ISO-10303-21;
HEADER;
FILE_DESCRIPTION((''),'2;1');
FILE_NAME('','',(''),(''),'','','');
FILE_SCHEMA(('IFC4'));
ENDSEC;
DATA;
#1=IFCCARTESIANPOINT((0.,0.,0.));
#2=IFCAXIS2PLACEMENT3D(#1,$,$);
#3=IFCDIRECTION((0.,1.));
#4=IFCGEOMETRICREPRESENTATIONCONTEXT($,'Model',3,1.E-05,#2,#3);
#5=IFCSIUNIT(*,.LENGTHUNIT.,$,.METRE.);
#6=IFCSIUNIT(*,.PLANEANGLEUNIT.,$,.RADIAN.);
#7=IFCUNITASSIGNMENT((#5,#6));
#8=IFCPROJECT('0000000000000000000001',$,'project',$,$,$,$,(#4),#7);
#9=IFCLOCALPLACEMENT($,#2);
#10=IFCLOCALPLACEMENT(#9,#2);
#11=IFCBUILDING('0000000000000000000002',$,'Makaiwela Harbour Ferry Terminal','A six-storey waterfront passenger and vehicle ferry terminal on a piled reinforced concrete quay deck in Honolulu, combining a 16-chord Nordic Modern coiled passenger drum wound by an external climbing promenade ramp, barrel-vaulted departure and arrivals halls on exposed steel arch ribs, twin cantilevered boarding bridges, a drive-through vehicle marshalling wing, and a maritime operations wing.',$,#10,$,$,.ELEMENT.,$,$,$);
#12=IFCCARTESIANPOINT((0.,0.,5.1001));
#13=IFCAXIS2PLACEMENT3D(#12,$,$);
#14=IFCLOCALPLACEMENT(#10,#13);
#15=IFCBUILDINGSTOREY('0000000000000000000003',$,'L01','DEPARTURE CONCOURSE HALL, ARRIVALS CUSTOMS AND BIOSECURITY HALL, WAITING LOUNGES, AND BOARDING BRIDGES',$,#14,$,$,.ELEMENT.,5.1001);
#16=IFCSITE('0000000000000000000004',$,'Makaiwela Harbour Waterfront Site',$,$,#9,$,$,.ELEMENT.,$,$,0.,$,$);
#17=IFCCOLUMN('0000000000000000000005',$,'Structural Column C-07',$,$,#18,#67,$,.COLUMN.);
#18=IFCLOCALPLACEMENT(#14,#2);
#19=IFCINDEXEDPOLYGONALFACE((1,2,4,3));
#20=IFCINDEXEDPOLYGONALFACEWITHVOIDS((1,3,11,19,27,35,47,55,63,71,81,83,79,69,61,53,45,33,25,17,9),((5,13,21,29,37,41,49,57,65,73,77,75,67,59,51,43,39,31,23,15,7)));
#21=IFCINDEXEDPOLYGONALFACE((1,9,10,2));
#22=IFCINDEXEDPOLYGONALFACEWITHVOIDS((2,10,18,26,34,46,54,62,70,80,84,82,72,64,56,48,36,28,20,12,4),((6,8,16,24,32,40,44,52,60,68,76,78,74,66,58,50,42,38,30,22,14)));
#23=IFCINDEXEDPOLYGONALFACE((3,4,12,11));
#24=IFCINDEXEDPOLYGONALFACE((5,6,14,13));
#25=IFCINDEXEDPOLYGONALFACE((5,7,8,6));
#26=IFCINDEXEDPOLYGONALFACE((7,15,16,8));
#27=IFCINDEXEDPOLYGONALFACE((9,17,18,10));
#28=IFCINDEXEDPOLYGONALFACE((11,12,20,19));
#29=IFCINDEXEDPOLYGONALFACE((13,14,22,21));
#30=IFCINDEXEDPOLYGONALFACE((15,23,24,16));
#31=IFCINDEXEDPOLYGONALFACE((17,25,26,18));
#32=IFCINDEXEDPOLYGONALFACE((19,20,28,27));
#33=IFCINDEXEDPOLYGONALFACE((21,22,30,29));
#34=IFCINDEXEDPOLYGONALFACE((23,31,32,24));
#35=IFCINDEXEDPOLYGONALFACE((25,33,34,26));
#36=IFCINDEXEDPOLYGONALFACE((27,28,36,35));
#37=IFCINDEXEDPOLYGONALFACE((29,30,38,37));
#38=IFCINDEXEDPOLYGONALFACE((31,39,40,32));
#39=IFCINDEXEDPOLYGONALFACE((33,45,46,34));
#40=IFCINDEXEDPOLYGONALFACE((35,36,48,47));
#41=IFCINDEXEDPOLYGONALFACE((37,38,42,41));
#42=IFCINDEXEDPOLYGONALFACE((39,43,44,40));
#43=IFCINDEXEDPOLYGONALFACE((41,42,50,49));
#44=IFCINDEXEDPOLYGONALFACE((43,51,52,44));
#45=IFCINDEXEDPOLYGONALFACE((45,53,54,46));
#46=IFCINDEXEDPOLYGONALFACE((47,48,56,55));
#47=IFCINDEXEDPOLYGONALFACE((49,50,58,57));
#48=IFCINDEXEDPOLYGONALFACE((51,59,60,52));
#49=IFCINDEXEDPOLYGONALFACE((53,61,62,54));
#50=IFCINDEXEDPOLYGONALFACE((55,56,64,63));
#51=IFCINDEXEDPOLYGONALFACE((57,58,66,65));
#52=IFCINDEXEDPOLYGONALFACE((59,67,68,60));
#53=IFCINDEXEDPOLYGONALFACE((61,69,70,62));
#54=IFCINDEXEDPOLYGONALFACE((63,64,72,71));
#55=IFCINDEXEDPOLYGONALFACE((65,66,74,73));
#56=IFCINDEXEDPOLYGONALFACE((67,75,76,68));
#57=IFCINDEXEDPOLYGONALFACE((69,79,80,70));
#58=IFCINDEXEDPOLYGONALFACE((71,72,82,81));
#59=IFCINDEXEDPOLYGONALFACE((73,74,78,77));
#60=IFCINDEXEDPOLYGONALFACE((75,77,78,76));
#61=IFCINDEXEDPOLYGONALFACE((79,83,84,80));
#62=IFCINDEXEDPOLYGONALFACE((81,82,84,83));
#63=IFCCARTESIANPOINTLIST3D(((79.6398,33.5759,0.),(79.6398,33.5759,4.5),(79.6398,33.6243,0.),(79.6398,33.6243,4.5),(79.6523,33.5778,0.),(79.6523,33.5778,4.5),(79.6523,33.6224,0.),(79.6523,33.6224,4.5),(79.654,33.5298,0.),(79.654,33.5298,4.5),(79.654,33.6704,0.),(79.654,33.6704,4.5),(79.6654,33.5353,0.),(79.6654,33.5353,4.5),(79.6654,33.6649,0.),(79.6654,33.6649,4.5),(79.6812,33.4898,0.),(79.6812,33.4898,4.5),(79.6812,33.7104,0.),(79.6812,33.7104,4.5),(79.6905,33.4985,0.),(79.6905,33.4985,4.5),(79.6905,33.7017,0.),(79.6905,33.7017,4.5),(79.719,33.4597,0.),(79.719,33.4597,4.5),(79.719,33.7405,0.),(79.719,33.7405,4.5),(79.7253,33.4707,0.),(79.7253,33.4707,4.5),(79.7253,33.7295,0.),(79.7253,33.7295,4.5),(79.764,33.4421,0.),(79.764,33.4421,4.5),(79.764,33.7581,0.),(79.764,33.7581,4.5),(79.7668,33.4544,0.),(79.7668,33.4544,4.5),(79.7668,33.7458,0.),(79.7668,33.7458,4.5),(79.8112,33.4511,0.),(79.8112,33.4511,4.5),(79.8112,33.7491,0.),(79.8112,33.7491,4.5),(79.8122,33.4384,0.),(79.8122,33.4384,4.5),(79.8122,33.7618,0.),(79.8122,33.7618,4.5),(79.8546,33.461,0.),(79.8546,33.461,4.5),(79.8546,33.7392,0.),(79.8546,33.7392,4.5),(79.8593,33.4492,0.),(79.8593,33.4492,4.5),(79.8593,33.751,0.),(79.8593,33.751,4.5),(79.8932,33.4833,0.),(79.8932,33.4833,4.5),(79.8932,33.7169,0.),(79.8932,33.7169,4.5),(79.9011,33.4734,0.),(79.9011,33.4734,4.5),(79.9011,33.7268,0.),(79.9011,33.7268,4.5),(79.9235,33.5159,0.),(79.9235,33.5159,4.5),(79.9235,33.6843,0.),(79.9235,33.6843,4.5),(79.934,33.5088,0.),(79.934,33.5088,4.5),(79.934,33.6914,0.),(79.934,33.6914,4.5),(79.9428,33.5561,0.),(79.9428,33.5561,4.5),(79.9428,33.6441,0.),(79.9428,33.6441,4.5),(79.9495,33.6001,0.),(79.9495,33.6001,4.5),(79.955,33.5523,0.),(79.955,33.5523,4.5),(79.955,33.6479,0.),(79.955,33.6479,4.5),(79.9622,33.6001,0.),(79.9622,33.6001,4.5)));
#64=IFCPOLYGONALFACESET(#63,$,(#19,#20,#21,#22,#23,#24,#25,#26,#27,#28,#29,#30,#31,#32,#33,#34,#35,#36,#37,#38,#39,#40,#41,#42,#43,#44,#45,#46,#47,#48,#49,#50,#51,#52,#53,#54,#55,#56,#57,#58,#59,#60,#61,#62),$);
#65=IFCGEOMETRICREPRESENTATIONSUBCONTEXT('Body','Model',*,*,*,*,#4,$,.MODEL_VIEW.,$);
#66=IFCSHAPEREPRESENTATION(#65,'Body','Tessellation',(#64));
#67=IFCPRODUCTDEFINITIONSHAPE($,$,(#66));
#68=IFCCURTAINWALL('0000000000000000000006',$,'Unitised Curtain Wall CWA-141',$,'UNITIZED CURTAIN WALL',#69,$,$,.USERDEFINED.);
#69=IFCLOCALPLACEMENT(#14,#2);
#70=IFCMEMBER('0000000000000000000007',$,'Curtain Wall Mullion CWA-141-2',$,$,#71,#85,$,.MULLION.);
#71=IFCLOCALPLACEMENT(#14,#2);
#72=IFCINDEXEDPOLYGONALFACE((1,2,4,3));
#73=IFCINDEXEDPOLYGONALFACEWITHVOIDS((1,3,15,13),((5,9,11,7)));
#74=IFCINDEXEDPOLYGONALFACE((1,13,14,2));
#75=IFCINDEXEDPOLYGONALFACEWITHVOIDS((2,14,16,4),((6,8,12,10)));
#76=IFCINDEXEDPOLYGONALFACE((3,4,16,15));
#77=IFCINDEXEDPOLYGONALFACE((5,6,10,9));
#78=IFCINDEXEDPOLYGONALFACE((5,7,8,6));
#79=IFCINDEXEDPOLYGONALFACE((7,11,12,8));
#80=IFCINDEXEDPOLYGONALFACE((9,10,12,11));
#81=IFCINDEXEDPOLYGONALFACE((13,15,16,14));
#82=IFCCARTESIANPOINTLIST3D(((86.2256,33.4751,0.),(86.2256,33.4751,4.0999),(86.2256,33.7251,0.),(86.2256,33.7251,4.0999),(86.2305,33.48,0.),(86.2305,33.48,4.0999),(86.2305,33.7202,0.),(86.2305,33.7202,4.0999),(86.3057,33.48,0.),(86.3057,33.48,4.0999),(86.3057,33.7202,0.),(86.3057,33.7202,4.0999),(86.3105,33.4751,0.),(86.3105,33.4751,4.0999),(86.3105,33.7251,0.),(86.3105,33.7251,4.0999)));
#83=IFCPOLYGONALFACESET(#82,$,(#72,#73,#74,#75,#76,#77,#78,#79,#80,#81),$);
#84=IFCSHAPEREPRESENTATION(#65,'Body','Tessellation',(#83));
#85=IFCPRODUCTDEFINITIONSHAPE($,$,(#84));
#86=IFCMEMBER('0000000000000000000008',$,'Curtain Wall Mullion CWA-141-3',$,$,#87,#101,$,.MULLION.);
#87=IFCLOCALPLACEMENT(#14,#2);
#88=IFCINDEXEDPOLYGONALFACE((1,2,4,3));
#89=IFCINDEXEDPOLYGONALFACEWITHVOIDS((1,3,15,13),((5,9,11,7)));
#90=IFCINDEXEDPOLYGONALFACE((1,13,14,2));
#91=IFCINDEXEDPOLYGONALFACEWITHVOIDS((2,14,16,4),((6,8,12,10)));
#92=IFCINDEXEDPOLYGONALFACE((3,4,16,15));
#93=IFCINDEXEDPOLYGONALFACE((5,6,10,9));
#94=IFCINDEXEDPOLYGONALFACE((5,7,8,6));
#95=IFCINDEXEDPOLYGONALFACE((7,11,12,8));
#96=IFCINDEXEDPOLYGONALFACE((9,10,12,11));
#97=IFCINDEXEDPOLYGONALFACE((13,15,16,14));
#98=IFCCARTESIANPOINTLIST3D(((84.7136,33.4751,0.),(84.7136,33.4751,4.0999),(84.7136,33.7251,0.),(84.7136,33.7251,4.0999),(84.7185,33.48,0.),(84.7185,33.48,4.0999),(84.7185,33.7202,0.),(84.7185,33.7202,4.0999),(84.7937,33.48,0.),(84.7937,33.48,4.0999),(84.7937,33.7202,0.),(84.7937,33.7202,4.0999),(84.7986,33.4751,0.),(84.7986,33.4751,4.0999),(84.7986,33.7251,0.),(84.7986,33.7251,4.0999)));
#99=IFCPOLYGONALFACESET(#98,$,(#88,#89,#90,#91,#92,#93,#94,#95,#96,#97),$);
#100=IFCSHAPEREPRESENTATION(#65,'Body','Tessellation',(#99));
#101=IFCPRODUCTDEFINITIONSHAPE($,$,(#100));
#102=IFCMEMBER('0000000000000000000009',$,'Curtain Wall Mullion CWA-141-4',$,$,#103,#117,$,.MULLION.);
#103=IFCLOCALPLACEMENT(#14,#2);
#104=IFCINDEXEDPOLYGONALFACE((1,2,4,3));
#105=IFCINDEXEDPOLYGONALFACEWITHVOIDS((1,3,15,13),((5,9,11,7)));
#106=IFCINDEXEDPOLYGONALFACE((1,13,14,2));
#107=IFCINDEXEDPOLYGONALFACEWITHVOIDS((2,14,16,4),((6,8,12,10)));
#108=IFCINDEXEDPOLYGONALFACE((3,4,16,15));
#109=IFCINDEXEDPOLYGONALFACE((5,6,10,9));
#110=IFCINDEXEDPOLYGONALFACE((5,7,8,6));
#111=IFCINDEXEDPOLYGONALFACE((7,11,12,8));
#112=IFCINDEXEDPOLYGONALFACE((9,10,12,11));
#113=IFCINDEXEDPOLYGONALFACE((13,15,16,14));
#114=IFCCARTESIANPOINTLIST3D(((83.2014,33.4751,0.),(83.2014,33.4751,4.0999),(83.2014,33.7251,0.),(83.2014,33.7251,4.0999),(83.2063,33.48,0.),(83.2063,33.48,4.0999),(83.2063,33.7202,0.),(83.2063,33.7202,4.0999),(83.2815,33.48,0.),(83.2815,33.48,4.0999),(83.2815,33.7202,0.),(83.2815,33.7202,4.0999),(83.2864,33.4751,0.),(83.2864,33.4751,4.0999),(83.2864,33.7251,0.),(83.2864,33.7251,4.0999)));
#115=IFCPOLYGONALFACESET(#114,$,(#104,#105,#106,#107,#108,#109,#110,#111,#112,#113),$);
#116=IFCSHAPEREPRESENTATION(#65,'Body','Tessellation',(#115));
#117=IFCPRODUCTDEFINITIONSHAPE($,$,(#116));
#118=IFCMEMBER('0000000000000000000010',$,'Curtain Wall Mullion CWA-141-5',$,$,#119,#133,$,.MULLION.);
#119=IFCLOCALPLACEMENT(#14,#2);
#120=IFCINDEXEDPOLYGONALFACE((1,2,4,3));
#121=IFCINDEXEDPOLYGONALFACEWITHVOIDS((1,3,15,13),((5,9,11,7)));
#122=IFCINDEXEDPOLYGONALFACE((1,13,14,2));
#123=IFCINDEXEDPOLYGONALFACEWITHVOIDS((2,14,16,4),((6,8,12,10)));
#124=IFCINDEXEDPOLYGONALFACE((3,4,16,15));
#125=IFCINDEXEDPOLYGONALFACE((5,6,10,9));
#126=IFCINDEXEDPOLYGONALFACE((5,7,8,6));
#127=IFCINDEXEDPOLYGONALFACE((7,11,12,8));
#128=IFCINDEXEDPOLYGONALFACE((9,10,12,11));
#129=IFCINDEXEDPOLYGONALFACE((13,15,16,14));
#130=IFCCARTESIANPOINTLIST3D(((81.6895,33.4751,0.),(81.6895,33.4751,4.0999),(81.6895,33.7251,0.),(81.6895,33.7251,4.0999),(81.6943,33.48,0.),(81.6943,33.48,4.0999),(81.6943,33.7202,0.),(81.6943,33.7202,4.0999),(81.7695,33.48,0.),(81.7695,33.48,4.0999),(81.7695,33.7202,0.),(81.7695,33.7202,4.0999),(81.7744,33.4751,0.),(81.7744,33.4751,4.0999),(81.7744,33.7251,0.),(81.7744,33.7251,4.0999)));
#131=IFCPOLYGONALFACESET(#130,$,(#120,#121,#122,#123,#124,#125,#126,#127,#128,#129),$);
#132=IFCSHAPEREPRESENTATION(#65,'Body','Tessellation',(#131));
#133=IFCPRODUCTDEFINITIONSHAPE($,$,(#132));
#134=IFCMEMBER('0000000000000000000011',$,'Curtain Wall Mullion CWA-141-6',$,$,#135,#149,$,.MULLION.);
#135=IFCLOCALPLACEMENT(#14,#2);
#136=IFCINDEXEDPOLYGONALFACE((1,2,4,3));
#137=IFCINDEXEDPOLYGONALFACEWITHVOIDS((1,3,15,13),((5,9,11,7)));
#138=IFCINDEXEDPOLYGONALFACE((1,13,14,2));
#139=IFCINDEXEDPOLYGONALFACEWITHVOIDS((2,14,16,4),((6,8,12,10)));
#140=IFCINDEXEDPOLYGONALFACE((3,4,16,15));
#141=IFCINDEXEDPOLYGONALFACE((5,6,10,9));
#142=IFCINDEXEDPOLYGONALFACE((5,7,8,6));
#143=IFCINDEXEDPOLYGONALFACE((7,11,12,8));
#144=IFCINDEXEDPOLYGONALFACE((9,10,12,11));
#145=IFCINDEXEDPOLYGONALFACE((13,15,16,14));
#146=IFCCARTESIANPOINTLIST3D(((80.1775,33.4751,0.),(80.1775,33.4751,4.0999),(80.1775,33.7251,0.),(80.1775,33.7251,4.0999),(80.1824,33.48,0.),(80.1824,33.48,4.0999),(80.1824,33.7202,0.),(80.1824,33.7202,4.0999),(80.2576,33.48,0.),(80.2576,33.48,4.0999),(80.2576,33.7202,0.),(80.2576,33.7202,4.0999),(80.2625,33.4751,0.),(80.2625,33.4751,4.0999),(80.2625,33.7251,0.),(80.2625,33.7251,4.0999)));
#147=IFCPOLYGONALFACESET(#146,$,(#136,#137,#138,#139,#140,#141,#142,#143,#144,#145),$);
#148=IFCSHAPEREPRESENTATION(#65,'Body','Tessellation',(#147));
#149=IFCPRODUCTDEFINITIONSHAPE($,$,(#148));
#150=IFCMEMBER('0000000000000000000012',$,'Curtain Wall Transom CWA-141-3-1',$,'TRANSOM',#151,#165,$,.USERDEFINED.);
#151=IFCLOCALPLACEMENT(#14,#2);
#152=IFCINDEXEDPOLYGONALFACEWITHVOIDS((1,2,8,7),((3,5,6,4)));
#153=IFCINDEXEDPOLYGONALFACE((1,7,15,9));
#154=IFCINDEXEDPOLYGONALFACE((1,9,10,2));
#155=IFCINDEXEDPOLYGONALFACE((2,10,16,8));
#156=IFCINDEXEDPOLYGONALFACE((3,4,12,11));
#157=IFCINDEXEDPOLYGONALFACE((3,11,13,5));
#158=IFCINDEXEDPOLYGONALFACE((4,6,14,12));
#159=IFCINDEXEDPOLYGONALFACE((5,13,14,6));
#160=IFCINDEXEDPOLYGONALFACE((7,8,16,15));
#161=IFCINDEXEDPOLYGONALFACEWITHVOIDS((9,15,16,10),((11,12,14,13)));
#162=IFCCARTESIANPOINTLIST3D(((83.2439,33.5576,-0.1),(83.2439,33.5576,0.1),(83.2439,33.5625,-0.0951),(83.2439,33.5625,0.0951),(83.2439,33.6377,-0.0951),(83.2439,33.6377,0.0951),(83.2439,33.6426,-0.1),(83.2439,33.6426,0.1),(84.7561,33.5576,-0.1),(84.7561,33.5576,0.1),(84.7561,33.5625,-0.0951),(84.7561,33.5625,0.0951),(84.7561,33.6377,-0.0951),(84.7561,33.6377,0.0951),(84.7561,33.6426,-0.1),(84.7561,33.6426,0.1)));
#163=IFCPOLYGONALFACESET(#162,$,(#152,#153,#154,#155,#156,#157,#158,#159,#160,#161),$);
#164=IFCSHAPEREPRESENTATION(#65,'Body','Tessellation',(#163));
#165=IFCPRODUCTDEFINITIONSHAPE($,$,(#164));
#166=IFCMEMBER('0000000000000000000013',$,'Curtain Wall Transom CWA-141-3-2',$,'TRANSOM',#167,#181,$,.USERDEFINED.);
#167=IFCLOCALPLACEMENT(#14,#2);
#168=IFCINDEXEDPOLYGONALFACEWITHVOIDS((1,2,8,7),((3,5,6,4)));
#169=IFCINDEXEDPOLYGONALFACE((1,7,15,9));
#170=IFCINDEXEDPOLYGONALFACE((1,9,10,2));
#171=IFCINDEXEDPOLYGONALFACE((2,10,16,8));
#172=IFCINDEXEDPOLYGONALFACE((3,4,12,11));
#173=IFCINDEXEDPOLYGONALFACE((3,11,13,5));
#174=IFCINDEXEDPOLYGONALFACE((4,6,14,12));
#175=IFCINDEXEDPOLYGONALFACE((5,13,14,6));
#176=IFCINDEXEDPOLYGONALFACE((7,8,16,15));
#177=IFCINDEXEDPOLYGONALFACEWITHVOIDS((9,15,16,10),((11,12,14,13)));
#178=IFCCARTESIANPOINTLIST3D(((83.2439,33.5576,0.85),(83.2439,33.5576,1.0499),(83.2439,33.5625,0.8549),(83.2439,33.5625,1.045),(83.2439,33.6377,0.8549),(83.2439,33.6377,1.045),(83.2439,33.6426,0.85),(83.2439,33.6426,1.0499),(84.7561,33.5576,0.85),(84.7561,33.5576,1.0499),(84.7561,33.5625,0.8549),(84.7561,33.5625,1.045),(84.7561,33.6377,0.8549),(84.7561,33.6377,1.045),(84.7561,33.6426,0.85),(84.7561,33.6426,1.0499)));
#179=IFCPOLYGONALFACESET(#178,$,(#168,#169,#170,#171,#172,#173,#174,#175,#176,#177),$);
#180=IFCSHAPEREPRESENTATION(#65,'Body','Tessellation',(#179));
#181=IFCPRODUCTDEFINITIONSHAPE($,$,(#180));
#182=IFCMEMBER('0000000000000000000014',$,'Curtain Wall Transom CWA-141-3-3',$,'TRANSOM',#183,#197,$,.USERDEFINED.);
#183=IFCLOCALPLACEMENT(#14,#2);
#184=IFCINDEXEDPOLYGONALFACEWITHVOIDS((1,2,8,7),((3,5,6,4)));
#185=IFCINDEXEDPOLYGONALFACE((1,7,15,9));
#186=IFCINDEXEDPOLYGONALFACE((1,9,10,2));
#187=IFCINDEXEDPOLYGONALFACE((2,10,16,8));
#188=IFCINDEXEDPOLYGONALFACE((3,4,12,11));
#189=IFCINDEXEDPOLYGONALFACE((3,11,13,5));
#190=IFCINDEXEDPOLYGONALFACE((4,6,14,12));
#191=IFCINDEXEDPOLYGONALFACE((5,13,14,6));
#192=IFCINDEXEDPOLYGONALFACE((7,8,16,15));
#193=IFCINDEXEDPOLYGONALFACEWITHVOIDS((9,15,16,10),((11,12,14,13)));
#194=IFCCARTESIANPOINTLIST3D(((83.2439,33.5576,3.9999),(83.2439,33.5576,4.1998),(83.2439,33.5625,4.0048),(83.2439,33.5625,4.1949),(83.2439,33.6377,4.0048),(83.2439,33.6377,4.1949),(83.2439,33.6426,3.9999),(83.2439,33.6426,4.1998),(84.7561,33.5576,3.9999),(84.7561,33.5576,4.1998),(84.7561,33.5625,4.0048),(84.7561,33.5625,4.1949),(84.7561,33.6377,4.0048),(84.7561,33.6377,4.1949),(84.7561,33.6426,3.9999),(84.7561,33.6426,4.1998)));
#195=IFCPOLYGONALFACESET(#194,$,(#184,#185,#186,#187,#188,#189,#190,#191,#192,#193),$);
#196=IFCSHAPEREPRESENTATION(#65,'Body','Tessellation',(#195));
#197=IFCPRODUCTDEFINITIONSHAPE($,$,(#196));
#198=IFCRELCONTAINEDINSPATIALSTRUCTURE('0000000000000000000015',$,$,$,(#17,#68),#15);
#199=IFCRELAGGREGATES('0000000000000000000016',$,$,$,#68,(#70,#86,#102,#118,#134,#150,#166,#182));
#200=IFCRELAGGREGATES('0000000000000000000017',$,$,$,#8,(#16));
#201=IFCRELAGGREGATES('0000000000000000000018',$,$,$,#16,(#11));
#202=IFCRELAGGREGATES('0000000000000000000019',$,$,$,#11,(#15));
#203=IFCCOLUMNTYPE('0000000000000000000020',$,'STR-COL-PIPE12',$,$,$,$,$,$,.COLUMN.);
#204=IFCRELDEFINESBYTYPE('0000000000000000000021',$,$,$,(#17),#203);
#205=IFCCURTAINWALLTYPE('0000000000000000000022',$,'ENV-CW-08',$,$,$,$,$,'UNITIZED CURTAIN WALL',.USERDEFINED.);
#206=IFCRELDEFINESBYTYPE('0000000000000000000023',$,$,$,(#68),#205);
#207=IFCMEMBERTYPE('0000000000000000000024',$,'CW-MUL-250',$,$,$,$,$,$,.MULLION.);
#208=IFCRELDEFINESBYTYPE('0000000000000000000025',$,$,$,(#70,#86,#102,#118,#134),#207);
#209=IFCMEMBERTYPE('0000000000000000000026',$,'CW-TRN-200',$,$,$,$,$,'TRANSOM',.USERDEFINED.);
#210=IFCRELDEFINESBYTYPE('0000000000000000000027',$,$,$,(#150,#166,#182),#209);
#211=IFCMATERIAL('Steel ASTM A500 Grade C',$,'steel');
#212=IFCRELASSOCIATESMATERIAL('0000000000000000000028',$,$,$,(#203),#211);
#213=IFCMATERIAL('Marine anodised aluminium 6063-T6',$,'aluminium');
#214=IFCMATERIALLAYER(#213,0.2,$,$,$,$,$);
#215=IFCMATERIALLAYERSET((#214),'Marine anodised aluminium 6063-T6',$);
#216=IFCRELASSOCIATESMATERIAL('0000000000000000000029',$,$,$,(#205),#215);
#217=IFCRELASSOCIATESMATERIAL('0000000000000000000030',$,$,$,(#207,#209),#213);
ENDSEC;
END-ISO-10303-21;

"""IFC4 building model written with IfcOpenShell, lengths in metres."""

from ifc_helpers import new_model, si_unit, direction, frame, origin, origin_2d, place, context, subcontext, project, spatial, hollow_rectangle, hollow_circle, extrude, material, layer, layer_set, material_profile, profile_set, type_object, element, aggregate, save


model = new_model("IFC4")

# Units and contexts
model_context = context("Model", 3, precision=1e-05, world=origin(), true_north=direction((0.0, 1.0)))
body_context = subcontext(model_context, "Body", "Model", "MODEL_VIEW")
ifc_project = project(units=[si_unit("LENGTHUNIT", "METRE"), si_unit("PLANEANGLEUNIT", "RADIAN")], contexts=[model_context])

# Site, building, storey
site_placement = place(None, origin())
site = spatial("IfcSite", under=ifc_project, at=site_placement, Name="Makaiwela Harbour Waterfront Site", CompositionType="ELEMENT", RefElevation=0.0)
building_placement = place(site_placement, origin())
building = spatial("IfcBuilding", under=site, at=building_placement, Name="Makaiwela Harbour Ferry Terminal", Description="A six-storey waterfront passenger and vehicle ferry terminal on a piled reinforced concrete quay deck in Honolulu, combining a 16-chord Nordic Modern coiled passenger drum wound by an external climbing promenade ramp, barrel-vaulted departure and arrivals halls on exposed steel arch ribs, twin cantilevered boarding bridges, a drive-through vehicle marshalling wing, and a maritime operations wing.", CompositionType="ELEMENT")
storey_placement = place(building_placement, frame((0.0, 0.0, 5.1001)))
storey = spatial("IfcBuildingStorey", under=building, at=storey_placement, Name="L01", Description="DEPARTURE CONCOURSE HALL, ARRIVALS CUSTOMS AND BIOSECURITY HALL, WAITING LOUNGES, AND BOARDING BRIDGES", CompositionType="ELEMENT", Elevation=5.1001)

# Column
ifc_material_1 = material(Name="Steel ASTM A500 Grade C", Category="steel")
ifc_material_profile_1 = material_profile(ifc_material_1, hollow_circle(Radius=0.1621, WallThickness=0.0127, at=origin_2d()), Name="PIPE12XS")
ifc_profile_set_1 = profile_set([ifc_material_profile_1], Name="Steel ASTM A500 Grade C")
column_type = type_object("IfcColumnType", Name="STR-COL-PIPE12", PredefinedType="COLUMN", material=ifc_profile_set_1)
column_placement = place(storey_placement, frame((79.8, 33.6001, 0.0), z_axis=(0.0, 0.0, 1.0), x_axis=(1.0, 0.0, 0.0)))
element("IfcColumn", 1, at=column_placement, inside=storey, type_object=column_type, Name="Structural Column C-07", PredefinedType="COLUMN", context=body_context, shape_type="SweptSolid", body=[
    extrude(hollow_circle(Radius=0.1621, WallThickness=0.0127, at=origin_2d()), origin(), (0.0, 0.0, 1.0), 4.5),
])

# Curtain wall, members
ifc_material_2 = material(Name="Marine anodised aluminium 6063-T6", Category="aluminium")
ifc_layer_1 = layer(ifc_material_2, 0.2)
ifc_layer_set_1 = layer_set([ifc_layer_1], Name="Marine anodised aluminium 6063-T6")
curtain_wall_type = type_object("IfcCurtainWallType", Name="ENV-CW-08", ElementType="UNITIZED CURTAIN WALL", PredefinedType="USERDEFINED", material=ifc_layer_set_1)
curtain_wall_placement = place(storey_placement, origin())
curtain_wall = element("IfcCurtainWall", 2, at=curtain_wall_placement, inside=storey, type_object=curtain_wall_type, Name="Unitised Curtain Wall CWA-141", ObjectType="UNITIZED CURTAIN WALL", PredefinedType="USERDEFINED")
ifc_material_profile_2 = material_profile(ifc_material_2, hollow_rectangle(XDim=0.085, YDim=0.25, WallThickness=0.0049, at=origin_2d()), Name="CWM-250X85")
ifc_profile_set_2 = profile_set([ifc_material_profile_2], Name="Marine anodised aluminium 6063-T6")
member_type_1 = type_object("IfcMemberType", Name="CW-MUL-250", PredefinedType="MULLION", material=ifc_profile_set_2)
member_1_placement = place(storey_placement, frame((86.2681, 33.6001, 0.0), z_axis=(0.0, 0.0, 1.0), x_axis=(1.0, 0.0, 0.0)))
member_1 = element("IfcMember", 3, at=member_1_placement, type_object=member_type_1, Name="Curtain Wall Mullion CWA-141-2", PredefinedType="MULLION", context=body_context, shape_type="SweptSolid", body=[
    extrude(hollow_rectangle(XDim=0.085, YDim=0.25, WallThickness=0.0049, at=origin_2d()), origin(), (0.0, 0.0, 1.0), 4.0999),
])
member_2_placement = place(storey_placement, frame((84.7561, 33.6001, 0.0), z_axis=(0.0, 0.0, 1.0), x_axis=(1.0, 0.0, 0.0)))
member_2 = element("IfcMember", 4, at=member_2_placement, type_object=member_type_1, Name="Curtain Wall Mullion CWA-141-3", PredefinedType="MULLION", context=body_context, shape_type="SweptSolid", body=[
    extrude(hollow_rectangle(XDim=0.085, YDim=0.25, WallThickness=0.0049, at=origin_2d()), origin(), (0.0, 0.0, 1.0), 4.0999),
])
member_3_placement = place(storey_placement, frame((83.2439, 33.6001, 0.0), z_axis=(0.0, 0.0, 1.0), x_axis=(1.0, 0.0, 0.0)))
member_3 = element("IfcMember", 5, at=member_3_placement, type_object=member_type_1, Name="Curtain Wall Mullion CWA-141-4", PredefinedType="MULLION", context=body_context, shape_type="SweptSolid", body=[
    extrude(hollow_rectangle(XDim=0.085, YDim=0.25, WallThickness=0.0049, at=origin_2d()), origin(), (0.0, 0.0, 1.0), 4.0999),
])
member_4_placement = place(storey_placement, frame((81.7319, 33.6001, 0.0), z_axis=(0.0, 0.0, 1.0), x_axis=(1.0, 0.0, 0.0)))
member_4 = element("IfcMember", 6, at=member_4_placement, type_object=member_type_1, Name="Curtain Wall Mullion CWA-141-5", PredefinedType="MULLION", context=body_context, shape_type="SweptSolid", body=[
    extrude(hollow_rectangle(XDim=0.085, YDim=0.25, WallThickness=0.0049, at=origin_2d()), origin(), (0.0, 0.0, 1.0), 4.0999),
])
member_5_placement = place(storey_placement, frame((80.22, 33.6001, 0.0), z_axis=(0.0, 0.0, 1.0), x_axis=(1.0, 0.0, 0.0)))
member_5 = element("IfcMember", 7, at=member_5_placement, type_object=member_type_1, Name="Curtain Wall Mullion CWA-141-6", PredefinedType="MULLION", context=body_context, shape_type="SweptSolid", body=[
    extrude(hollow_rectangle(XDim=0.085, YDim=0.25, WallThickness=0.0049, at=origin_2d()), origin(), (0.0, 0.0, 1.0), 4.0999),
])
ifc_material_profile_3 = material_profile(ifc_material_2, hollow_rectangle(XDim=0.085, YDim=0.2, WallThickness=0.0049, at=origin_2d()), Name="CWT-200X85")
ifc_profile_set_3 = profile_set([ifc_material_profile_3], Name="Marine anodised aluminium 6063-T6")
member_type_2 = type_object("IfcMemberType", Name="CW-TRN-200", ElementType="TRANSOM", PredefinedType="USERDEFINED", material=ifc_profile_set_3)
member_6_placement = place(storey_placement, frame((84.7561, 33.6001, 0.0), z_axis=(-1.0, 0.0, 0.0), x_axis=(0.0, -1.0, 0.0)))
member_6 = element("IfcMember", 8, at=member_6_placement, type_object=member_type_2, Name="Curtain Wall Transom CWA-141-3-1", ObjectType="TRANSOM", PredefinedType="USERDEFINED", context=body_context, shape_type="SweptSolid", body=[
    extrude(hollow_rectangle(XDim=0.085, YDim=0.2, WallThickness=0.0049, at=origin_2d()), origin(), (0.0, 0.0, 1.0), 1.5122),
])
member_7_placement = place(storey_placement, frame((84.7561, 33.6001, 0.95), z_axis=(-1.0, 0.0, 0.0), x_axis=(0.0, -1.0, 0.0)))
member_7 = element("IfcMember", 9, at=member_7_placement, type_object=member_type_2, Name="Curtain Wall Transom CWA-141-3-2", ObjectType="TRANSOM", PredefinedType="USERDEFINED", context=body_context, shape_type="SweptSolid", body=[
    extrude(hollow_rectangle(XDim=0.085, YDim=0.2, WallThickness=0.0049, at=origin_2d()), origin(), (0.0, 0.0, 1.0), 1.5122),
])
member_8_placement = place(storey_placement, frame((84.7561, 33.6001, 4.0999), z_axis=(-1.0, 0.0, 0.0), x_axis=(0.0, -1.0, 0.0)))
member_8 = element("IfcMember", 10, at=member_8_placement, type_object=member_type_2, Name="Curtain Wall Transom CWA-141-3-3", ObjectType="TRANSOM", PredefinedType="USERDEFINED", context=body_context, shape_type="SweptSolid", body=[
    extrude(hollow_rectangle(XDim=0.085, YDim=0.2, WallThickness=0.0049, at=origin_2d()), origin(), (0.0, 0.0, 1.0), 1.5122),
])

aggregate(curtain_wall, [member_1, member_2, member_3, member_4, member_5, member_6, member_7, member_8])

save(model, "model.ifc")
